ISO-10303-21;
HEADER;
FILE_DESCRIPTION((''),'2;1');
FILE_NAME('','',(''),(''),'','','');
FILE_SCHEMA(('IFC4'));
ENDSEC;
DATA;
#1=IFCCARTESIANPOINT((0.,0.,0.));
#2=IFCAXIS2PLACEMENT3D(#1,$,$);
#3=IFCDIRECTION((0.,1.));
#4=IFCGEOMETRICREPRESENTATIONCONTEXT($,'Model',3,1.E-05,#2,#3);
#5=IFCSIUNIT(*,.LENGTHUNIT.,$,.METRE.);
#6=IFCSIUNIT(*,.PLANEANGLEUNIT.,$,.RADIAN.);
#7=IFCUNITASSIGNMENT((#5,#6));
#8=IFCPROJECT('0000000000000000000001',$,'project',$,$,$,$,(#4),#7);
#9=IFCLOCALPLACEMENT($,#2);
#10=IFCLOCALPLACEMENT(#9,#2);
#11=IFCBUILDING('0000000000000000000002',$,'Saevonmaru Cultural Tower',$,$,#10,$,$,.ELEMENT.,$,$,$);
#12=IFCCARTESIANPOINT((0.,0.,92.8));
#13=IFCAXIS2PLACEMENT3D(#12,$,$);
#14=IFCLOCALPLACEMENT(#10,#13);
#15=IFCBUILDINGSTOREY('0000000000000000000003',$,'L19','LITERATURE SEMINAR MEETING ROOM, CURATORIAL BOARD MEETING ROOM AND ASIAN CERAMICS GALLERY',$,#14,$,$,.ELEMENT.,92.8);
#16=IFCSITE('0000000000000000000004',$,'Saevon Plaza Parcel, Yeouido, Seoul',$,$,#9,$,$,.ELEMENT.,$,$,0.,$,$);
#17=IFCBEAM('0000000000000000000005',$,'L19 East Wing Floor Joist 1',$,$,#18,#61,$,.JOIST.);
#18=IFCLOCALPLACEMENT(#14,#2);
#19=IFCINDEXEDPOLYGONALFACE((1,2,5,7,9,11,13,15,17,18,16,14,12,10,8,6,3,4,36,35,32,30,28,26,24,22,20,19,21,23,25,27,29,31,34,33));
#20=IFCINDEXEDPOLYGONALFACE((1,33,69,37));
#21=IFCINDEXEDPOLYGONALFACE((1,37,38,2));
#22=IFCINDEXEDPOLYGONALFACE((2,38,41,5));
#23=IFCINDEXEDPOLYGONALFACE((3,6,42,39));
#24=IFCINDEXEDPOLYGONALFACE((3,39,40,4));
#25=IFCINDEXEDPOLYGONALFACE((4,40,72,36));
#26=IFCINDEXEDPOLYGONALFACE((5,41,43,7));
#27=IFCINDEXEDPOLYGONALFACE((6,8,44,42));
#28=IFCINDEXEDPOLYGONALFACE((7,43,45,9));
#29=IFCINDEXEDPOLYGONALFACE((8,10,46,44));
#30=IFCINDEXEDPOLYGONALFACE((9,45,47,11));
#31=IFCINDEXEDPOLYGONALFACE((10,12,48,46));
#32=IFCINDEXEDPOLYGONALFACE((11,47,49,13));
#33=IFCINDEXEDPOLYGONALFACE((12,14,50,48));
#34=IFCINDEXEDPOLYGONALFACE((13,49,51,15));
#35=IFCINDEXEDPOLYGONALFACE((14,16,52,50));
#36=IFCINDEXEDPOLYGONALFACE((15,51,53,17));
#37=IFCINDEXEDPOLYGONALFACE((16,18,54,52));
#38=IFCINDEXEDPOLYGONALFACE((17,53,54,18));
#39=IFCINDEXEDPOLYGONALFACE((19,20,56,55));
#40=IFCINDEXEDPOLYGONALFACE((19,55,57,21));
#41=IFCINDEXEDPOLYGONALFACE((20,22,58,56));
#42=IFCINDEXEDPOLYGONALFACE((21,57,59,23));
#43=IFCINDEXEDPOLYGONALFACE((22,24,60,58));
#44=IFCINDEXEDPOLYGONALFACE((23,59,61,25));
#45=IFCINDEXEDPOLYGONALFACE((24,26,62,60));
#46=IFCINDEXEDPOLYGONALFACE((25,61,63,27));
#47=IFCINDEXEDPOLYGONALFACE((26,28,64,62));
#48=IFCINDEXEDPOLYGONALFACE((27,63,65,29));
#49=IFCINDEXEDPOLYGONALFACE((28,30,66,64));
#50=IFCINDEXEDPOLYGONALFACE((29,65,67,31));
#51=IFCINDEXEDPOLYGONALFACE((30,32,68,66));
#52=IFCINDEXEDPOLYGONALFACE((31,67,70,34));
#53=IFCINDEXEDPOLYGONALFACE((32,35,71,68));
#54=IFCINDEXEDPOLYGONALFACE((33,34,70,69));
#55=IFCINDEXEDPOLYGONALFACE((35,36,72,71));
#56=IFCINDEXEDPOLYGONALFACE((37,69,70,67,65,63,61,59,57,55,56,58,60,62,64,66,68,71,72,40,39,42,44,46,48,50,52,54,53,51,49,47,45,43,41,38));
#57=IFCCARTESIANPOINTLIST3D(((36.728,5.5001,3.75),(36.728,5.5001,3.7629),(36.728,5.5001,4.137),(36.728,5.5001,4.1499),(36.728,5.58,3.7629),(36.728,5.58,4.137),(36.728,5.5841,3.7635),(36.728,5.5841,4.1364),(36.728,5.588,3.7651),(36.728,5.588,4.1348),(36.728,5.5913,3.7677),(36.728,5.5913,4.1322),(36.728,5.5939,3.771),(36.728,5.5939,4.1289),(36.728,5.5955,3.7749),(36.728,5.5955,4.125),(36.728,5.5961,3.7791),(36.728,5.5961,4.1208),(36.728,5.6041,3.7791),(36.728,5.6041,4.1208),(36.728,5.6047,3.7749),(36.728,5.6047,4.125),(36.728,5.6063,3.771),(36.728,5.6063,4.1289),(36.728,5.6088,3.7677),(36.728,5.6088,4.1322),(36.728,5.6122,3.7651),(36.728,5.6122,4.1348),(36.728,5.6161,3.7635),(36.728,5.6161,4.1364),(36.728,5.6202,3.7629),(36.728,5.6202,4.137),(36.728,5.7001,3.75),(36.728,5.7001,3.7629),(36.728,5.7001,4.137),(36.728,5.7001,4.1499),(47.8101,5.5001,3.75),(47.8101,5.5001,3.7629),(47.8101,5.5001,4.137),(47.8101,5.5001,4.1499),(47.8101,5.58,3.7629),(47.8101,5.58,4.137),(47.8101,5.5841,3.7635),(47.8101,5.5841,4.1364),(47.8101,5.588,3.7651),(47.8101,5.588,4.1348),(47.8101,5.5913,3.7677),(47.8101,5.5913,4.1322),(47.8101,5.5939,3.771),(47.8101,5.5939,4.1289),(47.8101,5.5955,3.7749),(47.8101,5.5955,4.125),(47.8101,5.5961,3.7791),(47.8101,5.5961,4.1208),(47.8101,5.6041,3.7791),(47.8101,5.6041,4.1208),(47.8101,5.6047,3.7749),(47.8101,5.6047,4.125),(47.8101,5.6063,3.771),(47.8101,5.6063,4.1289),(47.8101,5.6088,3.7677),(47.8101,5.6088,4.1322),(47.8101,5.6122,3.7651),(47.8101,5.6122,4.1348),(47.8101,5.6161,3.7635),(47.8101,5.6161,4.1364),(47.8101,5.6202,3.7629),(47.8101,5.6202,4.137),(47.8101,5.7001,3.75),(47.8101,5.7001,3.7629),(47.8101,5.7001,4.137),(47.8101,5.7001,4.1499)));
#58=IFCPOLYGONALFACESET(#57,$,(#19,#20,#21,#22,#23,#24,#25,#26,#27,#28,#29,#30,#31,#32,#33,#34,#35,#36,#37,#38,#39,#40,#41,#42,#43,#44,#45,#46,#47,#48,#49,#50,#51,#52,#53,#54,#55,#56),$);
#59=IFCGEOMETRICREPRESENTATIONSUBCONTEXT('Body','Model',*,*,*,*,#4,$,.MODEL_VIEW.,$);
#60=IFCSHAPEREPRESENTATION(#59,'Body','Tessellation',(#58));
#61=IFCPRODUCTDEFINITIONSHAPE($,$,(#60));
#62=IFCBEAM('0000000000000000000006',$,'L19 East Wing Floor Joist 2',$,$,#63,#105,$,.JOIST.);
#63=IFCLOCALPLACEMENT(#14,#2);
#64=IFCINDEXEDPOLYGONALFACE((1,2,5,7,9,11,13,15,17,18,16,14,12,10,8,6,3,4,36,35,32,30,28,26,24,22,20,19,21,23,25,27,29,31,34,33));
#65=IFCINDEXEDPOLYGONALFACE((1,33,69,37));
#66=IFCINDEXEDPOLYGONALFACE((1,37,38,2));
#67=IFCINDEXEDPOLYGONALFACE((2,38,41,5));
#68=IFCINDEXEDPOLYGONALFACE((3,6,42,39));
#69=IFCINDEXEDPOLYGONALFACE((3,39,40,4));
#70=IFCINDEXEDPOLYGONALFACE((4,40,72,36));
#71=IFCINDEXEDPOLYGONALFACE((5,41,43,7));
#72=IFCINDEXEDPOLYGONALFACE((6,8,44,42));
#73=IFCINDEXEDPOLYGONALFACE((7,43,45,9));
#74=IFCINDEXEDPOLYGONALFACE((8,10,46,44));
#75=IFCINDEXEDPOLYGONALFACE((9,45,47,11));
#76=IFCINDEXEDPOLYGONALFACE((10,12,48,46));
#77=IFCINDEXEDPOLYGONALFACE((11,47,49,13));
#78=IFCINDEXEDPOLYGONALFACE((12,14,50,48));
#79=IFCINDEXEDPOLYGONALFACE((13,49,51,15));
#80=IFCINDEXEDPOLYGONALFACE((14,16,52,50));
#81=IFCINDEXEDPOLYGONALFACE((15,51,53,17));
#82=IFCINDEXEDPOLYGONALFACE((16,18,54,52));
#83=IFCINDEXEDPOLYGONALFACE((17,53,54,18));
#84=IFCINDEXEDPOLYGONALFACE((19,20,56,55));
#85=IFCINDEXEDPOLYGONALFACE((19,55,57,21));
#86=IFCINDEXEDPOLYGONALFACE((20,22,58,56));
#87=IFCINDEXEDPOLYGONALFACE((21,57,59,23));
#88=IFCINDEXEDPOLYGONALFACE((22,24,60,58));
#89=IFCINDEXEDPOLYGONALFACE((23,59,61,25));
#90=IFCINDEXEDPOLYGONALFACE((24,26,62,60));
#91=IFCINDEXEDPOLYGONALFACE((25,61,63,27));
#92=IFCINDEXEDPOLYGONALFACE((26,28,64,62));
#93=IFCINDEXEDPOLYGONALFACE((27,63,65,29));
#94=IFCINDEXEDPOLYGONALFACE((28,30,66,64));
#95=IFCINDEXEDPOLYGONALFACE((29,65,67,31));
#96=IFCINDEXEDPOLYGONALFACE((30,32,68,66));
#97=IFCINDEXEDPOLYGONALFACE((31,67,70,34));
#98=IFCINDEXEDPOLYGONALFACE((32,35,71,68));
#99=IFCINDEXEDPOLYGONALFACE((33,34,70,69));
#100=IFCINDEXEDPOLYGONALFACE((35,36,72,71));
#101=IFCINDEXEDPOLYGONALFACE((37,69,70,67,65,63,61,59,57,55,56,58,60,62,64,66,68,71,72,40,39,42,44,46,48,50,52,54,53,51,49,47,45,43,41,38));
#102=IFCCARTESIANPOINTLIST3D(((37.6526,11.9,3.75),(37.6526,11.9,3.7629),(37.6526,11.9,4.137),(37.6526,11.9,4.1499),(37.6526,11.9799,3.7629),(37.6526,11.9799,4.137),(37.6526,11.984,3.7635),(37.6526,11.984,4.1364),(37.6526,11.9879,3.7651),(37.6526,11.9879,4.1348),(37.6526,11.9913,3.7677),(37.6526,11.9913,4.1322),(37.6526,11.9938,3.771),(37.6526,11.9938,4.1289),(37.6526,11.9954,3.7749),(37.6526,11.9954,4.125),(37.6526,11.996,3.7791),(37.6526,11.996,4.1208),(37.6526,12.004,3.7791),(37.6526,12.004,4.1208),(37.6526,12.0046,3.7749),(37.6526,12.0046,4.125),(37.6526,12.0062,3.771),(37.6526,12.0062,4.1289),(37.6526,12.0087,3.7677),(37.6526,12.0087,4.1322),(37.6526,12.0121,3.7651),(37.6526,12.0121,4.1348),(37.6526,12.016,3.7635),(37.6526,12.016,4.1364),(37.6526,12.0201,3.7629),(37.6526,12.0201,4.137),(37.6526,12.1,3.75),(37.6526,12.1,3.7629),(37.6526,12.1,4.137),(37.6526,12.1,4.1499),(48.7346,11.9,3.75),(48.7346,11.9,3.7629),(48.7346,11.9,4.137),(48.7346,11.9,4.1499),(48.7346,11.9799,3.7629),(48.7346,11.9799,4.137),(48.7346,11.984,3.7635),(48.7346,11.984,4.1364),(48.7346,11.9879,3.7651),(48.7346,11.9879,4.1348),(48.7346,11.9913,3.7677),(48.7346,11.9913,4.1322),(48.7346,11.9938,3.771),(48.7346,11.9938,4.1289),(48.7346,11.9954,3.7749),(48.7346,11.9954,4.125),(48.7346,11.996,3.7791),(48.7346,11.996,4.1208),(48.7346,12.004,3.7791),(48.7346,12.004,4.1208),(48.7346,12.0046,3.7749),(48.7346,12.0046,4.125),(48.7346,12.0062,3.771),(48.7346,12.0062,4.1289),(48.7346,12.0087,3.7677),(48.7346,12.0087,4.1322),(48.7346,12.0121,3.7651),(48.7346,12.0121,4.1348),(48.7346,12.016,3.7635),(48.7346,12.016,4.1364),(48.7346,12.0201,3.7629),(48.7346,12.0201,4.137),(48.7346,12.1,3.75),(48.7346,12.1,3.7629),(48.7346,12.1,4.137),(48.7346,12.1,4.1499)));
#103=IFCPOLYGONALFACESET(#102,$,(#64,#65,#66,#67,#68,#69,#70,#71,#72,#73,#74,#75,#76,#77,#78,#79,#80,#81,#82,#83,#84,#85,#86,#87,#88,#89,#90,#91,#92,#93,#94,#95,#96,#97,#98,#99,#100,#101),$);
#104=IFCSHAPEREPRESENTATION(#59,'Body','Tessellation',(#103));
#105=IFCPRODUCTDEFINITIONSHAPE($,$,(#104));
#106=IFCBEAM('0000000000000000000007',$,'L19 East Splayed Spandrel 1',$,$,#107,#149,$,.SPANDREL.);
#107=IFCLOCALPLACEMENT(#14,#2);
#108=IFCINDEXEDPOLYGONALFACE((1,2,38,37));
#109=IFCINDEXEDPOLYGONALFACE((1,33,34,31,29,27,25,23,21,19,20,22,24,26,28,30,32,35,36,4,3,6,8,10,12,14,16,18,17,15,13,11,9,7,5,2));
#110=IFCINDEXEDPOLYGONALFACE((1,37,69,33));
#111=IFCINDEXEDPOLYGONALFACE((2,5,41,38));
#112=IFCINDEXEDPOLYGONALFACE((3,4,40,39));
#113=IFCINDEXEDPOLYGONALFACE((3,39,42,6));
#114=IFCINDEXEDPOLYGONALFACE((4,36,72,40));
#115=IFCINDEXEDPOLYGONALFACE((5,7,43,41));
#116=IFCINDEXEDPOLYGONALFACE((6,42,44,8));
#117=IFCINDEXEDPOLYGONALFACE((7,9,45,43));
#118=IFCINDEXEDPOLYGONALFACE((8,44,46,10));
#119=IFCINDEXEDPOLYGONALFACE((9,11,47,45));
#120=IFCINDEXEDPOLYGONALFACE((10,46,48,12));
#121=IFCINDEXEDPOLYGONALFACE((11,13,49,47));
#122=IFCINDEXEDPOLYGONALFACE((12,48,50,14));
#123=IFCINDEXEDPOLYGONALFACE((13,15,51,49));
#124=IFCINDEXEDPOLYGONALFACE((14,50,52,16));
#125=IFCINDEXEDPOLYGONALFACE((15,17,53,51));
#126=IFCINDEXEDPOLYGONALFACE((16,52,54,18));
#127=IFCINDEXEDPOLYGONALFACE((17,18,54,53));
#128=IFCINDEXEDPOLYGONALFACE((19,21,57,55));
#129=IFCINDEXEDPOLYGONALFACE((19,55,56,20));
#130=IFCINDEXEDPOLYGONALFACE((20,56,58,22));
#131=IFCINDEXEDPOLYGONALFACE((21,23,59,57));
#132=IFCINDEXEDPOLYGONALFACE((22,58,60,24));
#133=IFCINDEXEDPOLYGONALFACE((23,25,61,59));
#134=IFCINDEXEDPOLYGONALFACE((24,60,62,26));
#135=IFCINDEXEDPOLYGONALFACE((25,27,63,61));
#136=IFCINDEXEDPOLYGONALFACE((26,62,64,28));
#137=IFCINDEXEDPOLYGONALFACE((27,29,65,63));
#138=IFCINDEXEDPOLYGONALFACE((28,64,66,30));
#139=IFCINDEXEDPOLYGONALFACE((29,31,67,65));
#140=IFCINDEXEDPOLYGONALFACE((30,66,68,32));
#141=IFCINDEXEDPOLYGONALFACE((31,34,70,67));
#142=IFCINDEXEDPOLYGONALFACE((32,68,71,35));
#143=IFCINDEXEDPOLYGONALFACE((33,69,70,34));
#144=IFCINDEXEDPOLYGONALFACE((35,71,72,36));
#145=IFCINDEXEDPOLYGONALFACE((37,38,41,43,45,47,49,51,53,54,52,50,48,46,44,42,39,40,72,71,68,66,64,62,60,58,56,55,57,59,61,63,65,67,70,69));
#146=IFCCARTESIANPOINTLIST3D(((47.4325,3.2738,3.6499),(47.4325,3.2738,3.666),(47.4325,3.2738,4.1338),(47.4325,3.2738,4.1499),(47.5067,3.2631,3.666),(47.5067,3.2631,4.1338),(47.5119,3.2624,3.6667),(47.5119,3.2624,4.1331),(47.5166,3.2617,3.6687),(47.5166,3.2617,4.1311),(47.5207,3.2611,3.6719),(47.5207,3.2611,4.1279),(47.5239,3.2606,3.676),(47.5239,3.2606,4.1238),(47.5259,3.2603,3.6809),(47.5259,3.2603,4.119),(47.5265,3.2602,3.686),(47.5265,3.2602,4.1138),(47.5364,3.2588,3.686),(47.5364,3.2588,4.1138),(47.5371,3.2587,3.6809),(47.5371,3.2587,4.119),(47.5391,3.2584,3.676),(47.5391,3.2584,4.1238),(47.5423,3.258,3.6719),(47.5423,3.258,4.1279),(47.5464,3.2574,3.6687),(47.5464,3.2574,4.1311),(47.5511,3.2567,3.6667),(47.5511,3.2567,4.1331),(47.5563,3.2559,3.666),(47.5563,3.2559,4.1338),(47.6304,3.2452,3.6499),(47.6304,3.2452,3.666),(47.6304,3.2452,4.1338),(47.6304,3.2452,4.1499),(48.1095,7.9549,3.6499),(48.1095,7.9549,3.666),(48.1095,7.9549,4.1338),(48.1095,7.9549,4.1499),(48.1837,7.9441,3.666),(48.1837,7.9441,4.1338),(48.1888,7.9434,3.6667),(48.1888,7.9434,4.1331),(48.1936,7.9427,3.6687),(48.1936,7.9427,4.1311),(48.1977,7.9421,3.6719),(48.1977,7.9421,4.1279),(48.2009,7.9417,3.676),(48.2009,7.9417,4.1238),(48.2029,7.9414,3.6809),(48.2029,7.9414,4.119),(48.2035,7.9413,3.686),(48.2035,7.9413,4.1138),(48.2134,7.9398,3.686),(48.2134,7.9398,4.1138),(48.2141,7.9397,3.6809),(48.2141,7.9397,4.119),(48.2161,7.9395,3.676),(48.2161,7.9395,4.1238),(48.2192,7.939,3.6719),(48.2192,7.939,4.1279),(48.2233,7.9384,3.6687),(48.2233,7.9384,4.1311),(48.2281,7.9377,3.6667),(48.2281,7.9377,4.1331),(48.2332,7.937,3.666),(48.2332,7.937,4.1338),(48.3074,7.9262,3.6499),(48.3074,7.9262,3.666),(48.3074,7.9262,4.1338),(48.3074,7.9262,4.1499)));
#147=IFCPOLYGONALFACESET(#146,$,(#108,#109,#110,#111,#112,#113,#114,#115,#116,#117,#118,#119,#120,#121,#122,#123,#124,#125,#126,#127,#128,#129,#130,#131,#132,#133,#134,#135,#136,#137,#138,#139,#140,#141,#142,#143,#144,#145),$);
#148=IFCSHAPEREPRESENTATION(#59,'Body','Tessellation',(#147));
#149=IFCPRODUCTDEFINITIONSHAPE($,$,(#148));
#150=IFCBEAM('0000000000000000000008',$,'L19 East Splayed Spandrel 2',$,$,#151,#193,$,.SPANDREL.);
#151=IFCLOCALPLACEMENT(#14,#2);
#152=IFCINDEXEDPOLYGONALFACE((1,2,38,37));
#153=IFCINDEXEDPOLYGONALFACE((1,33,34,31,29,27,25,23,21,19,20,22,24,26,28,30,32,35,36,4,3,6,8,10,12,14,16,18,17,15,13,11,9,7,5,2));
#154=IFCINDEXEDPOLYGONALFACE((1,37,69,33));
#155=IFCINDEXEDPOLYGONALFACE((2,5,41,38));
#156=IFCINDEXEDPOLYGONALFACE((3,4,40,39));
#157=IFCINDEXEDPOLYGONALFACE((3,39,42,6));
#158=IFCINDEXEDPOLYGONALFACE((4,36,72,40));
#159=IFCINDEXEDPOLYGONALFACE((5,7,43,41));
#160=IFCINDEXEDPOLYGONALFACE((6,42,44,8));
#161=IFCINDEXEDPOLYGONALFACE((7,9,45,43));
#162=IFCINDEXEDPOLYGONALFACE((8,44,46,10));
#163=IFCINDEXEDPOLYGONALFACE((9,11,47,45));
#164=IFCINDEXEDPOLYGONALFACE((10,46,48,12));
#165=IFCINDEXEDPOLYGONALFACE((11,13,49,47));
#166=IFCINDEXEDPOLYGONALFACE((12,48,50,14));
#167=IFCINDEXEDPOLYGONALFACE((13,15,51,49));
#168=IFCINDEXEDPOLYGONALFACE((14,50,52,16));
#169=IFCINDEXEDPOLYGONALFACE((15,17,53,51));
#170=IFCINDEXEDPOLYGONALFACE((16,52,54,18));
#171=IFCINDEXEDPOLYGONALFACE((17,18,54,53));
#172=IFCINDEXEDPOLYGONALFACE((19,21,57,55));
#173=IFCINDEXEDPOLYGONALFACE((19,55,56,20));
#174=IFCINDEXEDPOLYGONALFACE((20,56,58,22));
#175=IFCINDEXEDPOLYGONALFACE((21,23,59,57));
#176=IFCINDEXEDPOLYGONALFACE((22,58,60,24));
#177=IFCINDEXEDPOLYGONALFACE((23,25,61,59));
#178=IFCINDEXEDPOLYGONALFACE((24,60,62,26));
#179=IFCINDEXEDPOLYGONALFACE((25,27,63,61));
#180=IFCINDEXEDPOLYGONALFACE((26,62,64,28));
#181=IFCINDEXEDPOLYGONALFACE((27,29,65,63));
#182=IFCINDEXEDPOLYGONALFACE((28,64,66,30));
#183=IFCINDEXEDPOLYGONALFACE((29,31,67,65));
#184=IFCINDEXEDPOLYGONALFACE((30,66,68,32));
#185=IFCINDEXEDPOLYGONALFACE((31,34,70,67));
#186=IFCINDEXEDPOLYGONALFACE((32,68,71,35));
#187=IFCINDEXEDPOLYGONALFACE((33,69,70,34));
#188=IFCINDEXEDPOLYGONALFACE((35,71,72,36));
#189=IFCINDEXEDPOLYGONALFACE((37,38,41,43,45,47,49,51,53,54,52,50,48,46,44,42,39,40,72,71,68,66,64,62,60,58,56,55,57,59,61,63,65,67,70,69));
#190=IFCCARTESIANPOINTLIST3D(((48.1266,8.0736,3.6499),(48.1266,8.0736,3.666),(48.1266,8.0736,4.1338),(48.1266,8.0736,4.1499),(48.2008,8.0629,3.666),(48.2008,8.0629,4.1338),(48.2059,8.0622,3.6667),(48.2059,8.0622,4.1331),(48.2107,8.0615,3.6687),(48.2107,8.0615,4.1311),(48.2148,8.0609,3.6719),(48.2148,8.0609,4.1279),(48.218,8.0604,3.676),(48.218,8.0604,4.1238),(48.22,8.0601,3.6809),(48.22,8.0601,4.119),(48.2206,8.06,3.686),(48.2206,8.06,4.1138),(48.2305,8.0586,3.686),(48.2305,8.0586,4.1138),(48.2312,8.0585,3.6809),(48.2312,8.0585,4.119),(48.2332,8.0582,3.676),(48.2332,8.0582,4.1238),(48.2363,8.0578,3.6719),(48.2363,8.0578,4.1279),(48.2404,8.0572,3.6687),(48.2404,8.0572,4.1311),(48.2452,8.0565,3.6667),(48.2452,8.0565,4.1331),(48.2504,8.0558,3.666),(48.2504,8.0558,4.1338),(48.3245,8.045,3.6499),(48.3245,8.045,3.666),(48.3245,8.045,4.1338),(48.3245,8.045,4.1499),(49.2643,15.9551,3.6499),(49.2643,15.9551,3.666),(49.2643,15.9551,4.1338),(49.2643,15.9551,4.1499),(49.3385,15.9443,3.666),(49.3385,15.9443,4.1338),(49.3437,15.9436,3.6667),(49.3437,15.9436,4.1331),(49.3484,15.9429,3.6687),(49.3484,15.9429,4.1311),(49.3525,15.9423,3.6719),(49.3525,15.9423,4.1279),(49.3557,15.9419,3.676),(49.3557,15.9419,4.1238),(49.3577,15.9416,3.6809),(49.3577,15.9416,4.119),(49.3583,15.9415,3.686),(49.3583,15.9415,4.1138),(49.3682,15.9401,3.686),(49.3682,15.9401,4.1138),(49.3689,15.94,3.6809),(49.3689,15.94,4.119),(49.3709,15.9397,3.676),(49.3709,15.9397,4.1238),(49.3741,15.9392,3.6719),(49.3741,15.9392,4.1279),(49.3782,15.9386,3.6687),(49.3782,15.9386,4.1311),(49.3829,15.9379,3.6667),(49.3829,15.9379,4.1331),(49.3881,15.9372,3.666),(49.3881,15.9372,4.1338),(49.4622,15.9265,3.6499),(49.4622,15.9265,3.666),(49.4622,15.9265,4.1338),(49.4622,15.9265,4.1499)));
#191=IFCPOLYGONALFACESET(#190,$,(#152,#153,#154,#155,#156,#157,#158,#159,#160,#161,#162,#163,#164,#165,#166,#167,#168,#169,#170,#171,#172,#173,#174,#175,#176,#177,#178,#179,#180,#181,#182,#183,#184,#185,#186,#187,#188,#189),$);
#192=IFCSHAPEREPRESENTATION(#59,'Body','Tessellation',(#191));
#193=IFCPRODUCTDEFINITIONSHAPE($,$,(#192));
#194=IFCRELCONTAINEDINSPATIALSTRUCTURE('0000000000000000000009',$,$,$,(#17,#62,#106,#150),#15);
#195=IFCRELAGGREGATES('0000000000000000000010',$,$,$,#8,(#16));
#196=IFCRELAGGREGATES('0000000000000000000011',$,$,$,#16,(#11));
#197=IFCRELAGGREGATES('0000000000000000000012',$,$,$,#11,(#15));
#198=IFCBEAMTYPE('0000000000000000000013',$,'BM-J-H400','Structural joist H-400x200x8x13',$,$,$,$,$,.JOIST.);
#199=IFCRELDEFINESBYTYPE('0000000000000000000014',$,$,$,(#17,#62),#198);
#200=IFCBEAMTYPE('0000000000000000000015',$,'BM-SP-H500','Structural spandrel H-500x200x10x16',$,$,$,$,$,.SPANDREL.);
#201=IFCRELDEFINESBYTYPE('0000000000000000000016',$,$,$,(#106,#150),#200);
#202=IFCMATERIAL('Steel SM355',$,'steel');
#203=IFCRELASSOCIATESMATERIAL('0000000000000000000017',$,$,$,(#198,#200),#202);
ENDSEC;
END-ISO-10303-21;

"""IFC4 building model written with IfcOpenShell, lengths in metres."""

from ifc_helpers import new_model, si_unit, direction, frame, origin, origin_2d, place, context, subcontext, project, spatial, i_section, extrude, material, material_profile, profile_set, type_object, element, save


model = new_model("IFC4")

# Units and contexts
model_context = context("Model", 3, precision=1e-05, world=origin(), true_north=direction((0.0, 1.0)))
body_context = subcontext(model_context, "Body", "Model", "MODEL_VIEW")
ifc_project = project(units=[si_unit("LENGTHUNIT", "METRE"), si_unit("PLANEANGLEUNIT", "RADIAN")], contexts=[model_context])

# Site, building, storey
site_placement = place(None, origin())
site = spatial("IfcSite", under=ifc_project, at=site_placement, Name="Saevon Plaza Parcel, Yeouido, Seoul", CompositionType="ELEMENT", RefElevation=0.0)
building_placement = place(site_placement, origin())
building = spatial("IfcBuilding", under=site, at=building_placement, Name="Saevonmaru Cultural Tower", CompositionType="ELEMENT")
storey_placement = place(building_placement, frame((0.0, 0.0, 92.8)))
storey = spatial("IfcBuildingStorey", under=building, at=storey_placement, Name="L19", Description="LITERATURE SEMINAR MEETING ROOM, CURATORIAL BOARD MEETING ROOM AND ASIAN CERAMICS GALLERY", CompositionType="ELEMENT", Elevation=92.8)

# Beams
ifc_material_1 = material(Name="Steel SM355", Category="steel")
ifc_material_profile_1 = material_profile(ifc_material_1, i_section(OverallWidth=0.2, OverallDepth=0.3999, WebThickness=0.0081, FlangeThickness=0.0129, FilletRadius=0.0161, at=origin_2d()), Name="H-400x200x8x13")
ifc_profile_set_1 = profile_set([ifc_material_profile_1], Name="Steel SM355")
beam_type_1 = type_object("IfcBeamType", Name="BM-J-H400", Description="Structural joist H-400x200x8x13", PredefinedType="JOIST", material=ifc_profile_set_1)
for number, where, z_axis, x_axis, name in (
    (1, (36.728, 5.6001, 3.95), (1.0, 0.0, 0.0), (0.0, 1.0, 0.0), "L19 East Wing Floor Joist 1"),
    (2, (37.6526, 12.0, 3.95), (1.0, 0.0, 0.0), (0.0, 1.0, 0.0), "L19 East Wing Floor Joist 2"),
):
    element("IfcBeam", number, at=place(storey_placement, frame(where, z_axis=z_axis, x_axis=x_axis)), inside=storey, type_object=beam_type_1, Name=name, PredefinedType="JOIST", context=body_context, shape_type="SweptSolid", body=[
        extrude(i_section(OverallWidth=0.2, OverallDepth=0.3999, WebThickness=0.0081, FlangeThickness=0.0129, FilletRadius=0.0161, at=origin_2d()), origin(), (0.0, 0.0, 1.0), 11.082),
    ])
ifc_material_profile_2 = material_profile(ifc_material_1, i_section(OverallWidth=0.2, OverallDepth=0.5, WebThickness=0.01, FlangeThickness=0.0161, FilletRadius=0.02, at=origin_2d()), Name="H-500x200x10x16")
ifc_profile_set_2 = profile_set([ifc_material_profile_2], Name="Steel SM355")
beam_type_2 = type_object("IfcBeamType", Name="BM-SP-H500", Description="Structural spandrel H-500x200x10x16", PredefinedType="SPANDREL", material=ifc_profile_set_2)
beam_1_placement = place(storey_placement, frame((47.5315, 3.2595, 3.8999), z_axis=(0.143134, 0.989703, 0.0), x_axis=(-0.989703, 0.143134, 0.0)))
element("IfcBeam", 3, at=beam_1_placement, inside=storey, type_object=beam_type_2, Name="L19 East Splayed Spandrel 1", PredefinedType="SPANDREL", context=body_context, shape_type="SweptSolid", body=[
    extrude(i_section(OverallWidth=0.2, OverallDepth=0.5, WebThickness=0.01, FlangeThickness=0.0161, FilletRadius=0.02, at=origin_2d()), origin(), (0.0, 0.0, 1.0), 4.7297),
])
beam_2_placement = place(storey_placement, frame((48.2256, 8.0593, 3.8999), z_axis=(0.142872, 0.989741, 0.0), x_axis=(-0.989741, 0.142872, 0.0)))
element("IfcBeam", 4, at=beam_2_placement, inside=storey, type_object=beam_type_2, Name="L19 East Splayed Spandrel 2", PredefinedType="SPANDREL", context=body_context, shape_type="SweptSolid", body=[
    extrude(i_section(OverallWidth=0.2, OverallDepth=0.5, WebThickness=0.01, FlangeThickness=0.0161, FilletRadius=0.02, at=origin_2d()), origin(), (0.0, 0.0, 1.0), 7.9631),
])

save(model, "model.ifc")
